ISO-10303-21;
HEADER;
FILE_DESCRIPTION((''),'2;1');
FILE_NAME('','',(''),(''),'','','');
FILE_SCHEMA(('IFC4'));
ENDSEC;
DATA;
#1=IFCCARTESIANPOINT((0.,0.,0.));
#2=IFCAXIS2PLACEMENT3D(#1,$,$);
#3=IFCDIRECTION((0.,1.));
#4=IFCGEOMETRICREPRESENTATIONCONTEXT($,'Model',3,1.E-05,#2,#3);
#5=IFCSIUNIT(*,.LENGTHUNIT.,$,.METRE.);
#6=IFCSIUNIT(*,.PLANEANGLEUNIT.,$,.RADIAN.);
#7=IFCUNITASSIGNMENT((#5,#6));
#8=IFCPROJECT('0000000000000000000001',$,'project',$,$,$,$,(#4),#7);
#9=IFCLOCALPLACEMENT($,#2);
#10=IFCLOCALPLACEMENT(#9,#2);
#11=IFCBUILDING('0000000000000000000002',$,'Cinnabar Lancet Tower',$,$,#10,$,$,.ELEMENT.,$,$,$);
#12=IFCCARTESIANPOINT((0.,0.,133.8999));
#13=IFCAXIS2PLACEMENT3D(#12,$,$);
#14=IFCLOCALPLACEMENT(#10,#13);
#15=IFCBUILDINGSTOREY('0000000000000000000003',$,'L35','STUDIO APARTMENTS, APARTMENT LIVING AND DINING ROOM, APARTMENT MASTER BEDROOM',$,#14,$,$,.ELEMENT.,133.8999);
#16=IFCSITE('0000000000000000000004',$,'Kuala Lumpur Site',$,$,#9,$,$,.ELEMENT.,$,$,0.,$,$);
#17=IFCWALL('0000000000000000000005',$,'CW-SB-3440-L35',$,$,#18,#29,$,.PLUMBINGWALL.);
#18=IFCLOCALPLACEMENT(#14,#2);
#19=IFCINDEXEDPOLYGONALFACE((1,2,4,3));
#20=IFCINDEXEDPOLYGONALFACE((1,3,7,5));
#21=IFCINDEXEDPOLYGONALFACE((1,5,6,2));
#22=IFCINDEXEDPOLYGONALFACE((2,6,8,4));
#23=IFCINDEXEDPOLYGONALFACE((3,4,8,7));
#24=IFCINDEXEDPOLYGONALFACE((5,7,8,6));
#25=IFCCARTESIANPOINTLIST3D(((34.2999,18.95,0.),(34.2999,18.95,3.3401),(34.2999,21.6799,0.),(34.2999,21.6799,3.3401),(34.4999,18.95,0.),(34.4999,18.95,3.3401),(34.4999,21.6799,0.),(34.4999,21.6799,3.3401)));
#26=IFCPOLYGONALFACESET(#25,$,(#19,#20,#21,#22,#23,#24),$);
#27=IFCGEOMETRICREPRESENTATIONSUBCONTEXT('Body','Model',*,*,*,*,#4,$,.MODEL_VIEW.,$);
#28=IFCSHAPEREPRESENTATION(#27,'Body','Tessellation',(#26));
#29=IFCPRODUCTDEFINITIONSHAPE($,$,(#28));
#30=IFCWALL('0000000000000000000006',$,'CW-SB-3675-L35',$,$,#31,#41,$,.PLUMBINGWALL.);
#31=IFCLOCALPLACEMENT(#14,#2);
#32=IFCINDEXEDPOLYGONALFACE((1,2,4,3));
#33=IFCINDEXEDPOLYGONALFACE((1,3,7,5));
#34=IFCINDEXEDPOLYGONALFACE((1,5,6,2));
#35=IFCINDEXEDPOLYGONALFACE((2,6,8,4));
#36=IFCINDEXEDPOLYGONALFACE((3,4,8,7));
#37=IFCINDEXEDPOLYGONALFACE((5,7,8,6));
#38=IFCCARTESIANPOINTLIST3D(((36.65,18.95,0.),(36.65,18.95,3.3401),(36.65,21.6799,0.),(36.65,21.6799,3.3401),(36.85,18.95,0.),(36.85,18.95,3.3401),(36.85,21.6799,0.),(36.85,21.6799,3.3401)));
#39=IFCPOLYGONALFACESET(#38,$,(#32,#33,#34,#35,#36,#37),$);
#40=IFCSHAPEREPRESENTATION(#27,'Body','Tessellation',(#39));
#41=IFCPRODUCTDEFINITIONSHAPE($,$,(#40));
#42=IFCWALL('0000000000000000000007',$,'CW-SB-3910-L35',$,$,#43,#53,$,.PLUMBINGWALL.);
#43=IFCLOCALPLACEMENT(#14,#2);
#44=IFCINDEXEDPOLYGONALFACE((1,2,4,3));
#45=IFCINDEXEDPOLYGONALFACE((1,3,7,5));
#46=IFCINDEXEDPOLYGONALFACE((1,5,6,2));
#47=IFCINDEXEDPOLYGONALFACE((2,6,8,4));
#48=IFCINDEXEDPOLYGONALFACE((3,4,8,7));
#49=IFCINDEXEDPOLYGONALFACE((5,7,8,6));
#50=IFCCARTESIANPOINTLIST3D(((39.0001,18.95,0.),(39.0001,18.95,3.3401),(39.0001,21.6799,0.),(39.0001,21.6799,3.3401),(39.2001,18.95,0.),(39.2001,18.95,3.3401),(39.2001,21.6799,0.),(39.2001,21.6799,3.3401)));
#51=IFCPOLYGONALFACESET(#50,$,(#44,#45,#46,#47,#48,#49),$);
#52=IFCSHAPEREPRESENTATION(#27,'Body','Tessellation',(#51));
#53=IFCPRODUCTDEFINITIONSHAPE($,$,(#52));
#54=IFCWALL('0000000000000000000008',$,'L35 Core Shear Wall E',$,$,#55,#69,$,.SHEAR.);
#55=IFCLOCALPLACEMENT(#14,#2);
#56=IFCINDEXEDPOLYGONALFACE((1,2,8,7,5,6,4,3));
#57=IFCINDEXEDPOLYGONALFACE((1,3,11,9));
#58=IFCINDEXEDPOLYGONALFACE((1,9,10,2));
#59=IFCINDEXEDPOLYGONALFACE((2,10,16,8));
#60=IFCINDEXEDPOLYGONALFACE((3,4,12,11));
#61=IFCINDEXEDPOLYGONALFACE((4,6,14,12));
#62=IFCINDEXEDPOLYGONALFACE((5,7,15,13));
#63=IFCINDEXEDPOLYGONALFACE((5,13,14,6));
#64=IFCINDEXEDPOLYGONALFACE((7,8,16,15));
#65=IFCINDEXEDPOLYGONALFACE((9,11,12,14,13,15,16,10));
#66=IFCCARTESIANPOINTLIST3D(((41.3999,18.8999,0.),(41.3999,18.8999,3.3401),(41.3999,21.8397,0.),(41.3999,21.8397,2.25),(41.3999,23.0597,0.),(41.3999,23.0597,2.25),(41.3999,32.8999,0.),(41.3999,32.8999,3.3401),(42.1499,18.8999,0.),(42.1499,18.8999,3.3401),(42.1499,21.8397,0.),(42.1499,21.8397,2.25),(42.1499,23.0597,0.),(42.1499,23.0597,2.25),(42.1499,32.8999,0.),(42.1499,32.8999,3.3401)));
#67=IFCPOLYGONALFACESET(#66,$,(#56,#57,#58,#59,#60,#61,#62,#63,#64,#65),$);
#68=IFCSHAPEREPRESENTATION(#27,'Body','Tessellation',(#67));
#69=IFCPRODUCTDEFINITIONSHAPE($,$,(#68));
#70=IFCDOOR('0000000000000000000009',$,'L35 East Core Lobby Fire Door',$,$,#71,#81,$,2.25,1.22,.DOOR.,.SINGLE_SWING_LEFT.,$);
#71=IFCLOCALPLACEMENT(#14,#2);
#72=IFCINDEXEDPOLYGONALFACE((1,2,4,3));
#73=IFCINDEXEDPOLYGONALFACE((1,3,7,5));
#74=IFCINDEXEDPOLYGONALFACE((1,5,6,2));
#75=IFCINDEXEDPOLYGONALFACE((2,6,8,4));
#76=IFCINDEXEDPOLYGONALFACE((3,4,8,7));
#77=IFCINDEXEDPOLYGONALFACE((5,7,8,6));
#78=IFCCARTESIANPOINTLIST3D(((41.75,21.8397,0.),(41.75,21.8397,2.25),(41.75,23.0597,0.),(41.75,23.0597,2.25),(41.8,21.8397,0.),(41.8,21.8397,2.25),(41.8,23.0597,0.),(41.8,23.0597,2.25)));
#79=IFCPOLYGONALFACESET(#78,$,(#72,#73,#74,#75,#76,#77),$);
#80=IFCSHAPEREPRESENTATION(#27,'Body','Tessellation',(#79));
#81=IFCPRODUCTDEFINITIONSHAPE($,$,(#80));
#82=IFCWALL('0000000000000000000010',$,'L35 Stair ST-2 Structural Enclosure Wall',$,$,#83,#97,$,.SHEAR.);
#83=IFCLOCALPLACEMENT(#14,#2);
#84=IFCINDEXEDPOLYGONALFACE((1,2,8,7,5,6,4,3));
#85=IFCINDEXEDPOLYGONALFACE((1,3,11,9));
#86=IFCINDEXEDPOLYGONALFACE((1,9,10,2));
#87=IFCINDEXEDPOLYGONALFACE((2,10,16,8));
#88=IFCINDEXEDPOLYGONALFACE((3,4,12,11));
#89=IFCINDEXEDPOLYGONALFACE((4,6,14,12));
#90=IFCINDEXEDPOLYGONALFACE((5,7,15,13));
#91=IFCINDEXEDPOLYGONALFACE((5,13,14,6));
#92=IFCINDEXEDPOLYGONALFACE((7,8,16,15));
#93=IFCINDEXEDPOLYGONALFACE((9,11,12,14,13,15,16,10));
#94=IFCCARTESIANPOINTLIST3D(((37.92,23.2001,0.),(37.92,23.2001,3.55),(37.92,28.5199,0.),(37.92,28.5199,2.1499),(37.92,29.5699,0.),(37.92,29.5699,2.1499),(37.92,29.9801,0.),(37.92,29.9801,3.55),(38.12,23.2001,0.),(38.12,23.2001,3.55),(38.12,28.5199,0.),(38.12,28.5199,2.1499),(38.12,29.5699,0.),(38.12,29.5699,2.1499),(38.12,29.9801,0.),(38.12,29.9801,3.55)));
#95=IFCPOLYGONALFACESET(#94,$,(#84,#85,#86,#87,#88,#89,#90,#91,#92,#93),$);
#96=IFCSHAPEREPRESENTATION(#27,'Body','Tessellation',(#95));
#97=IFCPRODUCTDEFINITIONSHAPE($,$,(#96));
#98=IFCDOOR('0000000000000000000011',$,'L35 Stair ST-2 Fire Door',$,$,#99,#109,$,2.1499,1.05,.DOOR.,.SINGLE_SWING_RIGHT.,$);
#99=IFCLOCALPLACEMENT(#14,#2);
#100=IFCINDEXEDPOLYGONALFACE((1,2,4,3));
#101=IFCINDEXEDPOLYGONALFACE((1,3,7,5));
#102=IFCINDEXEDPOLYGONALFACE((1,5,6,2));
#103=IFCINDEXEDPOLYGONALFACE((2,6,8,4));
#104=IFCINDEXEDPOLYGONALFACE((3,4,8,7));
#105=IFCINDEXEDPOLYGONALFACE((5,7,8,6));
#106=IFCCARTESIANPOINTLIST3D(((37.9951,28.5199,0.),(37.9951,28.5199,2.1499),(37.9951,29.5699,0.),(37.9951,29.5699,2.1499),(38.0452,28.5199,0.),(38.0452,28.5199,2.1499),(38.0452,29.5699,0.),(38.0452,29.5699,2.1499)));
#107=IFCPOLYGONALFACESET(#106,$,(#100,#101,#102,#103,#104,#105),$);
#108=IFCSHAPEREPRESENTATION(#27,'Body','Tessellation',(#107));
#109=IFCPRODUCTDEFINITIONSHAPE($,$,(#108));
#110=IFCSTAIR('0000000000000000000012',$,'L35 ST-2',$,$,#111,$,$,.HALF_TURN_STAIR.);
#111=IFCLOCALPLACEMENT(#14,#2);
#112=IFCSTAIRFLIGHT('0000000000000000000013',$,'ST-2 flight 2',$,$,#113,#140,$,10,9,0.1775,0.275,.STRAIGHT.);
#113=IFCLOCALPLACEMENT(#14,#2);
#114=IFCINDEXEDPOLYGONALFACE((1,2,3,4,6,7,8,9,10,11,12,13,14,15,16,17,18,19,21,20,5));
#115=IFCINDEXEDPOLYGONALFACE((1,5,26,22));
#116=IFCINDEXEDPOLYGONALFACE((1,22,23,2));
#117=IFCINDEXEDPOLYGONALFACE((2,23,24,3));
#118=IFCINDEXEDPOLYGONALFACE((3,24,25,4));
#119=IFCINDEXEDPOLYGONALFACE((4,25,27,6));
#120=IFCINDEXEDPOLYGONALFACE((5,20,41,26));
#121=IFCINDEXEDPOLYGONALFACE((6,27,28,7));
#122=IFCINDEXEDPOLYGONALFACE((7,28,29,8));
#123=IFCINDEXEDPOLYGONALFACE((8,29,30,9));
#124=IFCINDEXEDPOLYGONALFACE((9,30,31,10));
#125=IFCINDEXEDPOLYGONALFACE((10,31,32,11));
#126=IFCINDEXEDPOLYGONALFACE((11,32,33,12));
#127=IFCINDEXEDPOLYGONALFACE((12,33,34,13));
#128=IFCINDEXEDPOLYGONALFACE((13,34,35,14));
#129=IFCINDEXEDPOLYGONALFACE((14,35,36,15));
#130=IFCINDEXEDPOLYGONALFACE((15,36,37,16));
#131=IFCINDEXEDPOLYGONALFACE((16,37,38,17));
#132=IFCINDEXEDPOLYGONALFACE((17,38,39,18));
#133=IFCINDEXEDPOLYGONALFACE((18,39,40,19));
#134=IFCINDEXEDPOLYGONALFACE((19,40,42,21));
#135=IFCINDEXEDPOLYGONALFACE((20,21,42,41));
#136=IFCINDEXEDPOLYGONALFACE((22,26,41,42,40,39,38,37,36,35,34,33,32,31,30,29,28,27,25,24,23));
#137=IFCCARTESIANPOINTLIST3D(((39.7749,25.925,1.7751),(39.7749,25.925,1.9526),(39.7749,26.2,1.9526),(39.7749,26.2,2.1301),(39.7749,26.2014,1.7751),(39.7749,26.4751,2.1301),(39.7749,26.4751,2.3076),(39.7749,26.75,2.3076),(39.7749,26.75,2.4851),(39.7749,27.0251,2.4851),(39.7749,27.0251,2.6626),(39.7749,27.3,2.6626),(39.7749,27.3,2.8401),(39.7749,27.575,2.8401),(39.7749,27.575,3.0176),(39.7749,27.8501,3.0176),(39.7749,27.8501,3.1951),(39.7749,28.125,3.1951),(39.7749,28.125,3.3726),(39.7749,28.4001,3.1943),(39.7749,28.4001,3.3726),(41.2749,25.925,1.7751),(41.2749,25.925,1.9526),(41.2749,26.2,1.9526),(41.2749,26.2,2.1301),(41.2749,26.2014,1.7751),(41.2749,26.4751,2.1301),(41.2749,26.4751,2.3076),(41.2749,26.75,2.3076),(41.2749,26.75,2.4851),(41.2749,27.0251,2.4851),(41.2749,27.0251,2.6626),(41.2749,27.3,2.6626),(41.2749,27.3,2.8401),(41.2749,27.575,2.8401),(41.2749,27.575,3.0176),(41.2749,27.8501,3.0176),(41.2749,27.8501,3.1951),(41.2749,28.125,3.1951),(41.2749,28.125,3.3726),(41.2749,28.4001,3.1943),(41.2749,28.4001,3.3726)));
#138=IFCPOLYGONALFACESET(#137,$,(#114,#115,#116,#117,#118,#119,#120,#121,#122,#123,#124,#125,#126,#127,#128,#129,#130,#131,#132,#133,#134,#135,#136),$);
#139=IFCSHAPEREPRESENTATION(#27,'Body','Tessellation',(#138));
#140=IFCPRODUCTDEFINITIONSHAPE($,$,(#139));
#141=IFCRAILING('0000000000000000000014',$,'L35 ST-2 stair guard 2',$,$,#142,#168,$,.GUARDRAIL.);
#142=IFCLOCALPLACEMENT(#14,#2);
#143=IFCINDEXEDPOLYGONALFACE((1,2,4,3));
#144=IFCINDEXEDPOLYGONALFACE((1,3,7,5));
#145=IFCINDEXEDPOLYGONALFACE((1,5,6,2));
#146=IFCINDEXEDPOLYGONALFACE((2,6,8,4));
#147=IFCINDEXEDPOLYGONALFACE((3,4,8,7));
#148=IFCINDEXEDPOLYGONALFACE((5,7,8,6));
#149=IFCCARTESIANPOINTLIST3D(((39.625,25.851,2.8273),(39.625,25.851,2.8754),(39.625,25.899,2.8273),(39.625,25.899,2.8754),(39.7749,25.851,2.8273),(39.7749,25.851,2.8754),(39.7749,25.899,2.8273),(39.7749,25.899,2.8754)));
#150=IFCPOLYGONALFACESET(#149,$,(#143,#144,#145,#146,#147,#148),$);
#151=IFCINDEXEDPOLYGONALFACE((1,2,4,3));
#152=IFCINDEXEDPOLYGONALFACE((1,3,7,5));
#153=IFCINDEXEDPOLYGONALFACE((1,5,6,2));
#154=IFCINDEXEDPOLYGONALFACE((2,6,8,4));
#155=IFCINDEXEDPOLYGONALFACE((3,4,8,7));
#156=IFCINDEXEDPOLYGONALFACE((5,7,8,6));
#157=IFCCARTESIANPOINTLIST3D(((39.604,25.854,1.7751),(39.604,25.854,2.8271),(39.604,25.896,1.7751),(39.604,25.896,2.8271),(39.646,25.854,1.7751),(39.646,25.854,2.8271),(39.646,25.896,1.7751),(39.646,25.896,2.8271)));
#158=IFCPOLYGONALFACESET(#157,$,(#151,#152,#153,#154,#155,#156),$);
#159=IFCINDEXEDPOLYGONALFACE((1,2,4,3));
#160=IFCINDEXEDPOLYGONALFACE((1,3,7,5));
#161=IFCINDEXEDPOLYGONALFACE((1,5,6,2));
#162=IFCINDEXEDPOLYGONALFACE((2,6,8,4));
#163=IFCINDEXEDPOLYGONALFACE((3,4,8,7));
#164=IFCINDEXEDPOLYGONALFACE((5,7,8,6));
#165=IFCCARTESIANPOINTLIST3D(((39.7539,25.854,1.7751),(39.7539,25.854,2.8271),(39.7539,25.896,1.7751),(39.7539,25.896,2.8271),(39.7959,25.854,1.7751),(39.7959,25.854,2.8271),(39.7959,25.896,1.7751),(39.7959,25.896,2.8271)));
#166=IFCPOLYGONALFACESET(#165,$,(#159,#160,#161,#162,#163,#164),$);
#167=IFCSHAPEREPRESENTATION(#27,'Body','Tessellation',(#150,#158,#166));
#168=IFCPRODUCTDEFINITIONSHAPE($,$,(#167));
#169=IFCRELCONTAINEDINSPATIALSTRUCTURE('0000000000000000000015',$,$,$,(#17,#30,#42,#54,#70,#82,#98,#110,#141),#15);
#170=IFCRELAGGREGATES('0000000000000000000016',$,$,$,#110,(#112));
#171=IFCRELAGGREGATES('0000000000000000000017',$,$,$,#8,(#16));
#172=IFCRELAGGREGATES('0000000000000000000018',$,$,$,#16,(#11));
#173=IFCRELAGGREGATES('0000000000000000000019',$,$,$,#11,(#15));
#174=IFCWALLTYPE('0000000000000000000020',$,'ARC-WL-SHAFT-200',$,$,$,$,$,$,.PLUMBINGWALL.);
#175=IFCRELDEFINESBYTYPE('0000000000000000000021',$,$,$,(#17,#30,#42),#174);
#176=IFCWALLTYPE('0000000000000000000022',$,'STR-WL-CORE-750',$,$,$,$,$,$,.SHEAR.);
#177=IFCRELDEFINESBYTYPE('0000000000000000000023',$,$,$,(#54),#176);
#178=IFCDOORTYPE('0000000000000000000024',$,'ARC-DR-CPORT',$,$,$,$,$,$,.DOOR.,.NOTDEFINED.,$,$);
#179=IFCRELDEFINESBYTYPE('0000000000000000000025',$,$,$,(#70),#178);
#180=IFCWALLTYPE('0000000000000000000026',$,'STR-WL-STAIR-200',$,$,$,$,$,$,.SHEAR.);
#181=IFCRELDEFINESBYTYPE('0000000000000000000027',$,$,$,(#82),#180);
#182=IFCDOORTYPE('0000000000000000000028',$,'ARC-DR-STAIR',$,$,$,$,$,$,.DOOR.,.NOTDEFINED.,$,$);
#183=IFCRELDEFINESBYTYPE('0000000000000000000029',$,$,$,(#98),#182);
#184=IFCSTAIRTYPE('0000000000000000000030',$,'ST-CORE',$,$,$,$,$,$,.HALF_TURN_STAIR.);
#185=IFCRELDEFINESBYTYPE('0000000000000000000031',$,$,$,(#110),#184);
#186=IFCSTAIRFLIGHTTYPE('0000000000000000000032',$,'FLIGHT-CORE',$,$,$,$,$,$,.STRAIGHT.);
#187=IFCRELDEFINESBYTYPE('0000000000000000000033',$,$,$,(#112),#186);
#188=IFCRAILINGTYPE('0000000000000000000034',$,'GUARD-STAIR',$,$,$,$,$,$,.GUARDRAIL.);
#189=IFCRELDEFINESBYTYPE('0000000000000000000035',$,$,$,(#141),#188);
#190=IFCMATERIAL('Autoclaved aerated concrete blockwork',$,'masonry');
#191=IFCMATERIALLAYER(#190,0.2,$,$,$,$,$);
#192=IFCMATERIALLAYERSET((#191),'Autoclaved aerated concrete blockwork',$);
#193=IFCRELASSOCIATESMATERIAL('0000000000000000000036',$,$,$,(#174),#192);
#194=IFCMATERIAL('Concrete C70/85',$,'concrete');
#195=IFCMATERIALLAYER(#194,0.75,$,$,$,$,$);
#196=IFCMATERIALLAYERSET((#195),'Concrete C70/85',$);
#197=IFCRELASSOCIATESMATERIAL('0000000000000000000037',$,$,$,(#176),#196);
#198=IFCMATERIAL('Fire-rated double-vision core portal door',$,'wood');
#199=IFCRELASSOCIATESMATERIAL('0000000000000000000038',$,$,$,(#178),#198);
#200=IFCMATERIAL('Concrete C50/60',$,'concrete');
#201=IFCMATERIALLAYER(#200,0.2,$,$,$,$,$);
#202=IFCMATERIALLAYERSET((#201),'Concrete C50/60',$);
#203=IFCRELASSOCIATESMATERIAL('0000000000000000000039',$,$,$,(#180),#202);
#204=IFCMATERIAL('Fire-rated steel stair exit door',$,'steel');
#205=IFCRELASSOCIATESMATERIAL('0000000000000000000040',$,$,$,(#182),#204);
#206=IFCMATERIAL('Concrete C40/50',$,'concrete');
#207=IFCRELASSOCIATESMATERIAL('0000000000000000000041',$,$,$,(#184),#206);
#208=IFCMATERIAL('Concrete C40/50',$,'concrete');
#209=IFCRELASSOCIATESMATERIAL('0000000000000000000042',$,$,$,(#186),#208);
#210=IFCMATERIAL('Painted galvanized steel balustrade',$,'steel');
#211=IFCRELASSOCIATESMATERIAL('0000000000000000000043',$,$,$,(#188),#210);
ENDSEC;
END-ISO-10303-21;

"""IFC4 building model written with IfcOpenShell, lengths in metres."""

from ifc_helpers import new_model, si_unit, direction, frame, frame_2d, origin, origin_2d, place, context, subcontext, project, spatial, polyline, rectangle, outline, extrude, material, layer, layer_set, type_object, element, fill, aggregate, save


model = new_model("IFC4")

# Units and contexts
model_context = context("Model", 3, precision=1e-05, world=origin(), true_north=direction((0.0, 1.0)))
body_context = subcontext(model_context, "Body", "Model", "MODEL_VIEW")
ifc_project = project(units=[si_unit("LENGTHUNIT", "METRE"), si_unit("PLANEANGLEUNIT", "RADIAN")], contexts=[model_context])

# Site, building, storey
site_placement = place(None, origin())
site = spatial("IfcSite", under=ifc_project, at=site_placement, Name="Kuala Lumpur Site", CompositionType="ELEMENT", RefElevation=0.0)
building_placement = place(site_placement, origin())
building = spatial("IfcBuilding", under=site, at=building_placement, Name="Cinnabar Lancet Tower", CompositionType="ELEMENT")
storey_placement = place(building_placement, frame((0.0, 0.0, 133.8999)))
storey = spatial("IfcBuildingStorey", under=building, at=storey_placement, Name="L35", Description="STUDIO APARTMENTS, APARTMENT LIVING AND DINING ROOM, APARTMENT MASTER BEDROOM", CompositionType="ELEMENT", Elevation=133.8999)

# Shared definitions
ifc_material_1 = material(Name="Autoclaved aerated concrete blockwork", Category="masonry")
ifc_layer_1 = layer(ifc_material_1, 0.2)
ifc_layer_set_1 = layer_set([ifc_layer_1], Name="Autoclaved aerated concrete blockwork")
wall_type_1 = type_object("IfcWallType", Name="ARC-WL-SHAFT-200", PredefinedType="PLUMBINGWALL", material=ifc_layer_set_1)

# Walls
for number, where, z_axis, x_axis, name in (
    (1, (34.3999, 18.95, 0.0), (0.0, 0.0, 1.0), (0.0, 1.0, 0.0), "CW-SB-3440-L35"),
    (2, (36.75, 18.95, 0.0), (0.0, 0.0, 1.0), (0.0, 1.0, 0.0), "CW-SB-3675-L35"),
    (3, (39.1001, 18.95, 0.0), (0.0, 0.0, 1.0), (0.0, 1.0, 0.0), "CW-SB-3910-L35"),
):
    element("IfcWall", number, at=place(storey_placement, frame(where, z_axis=z_axis, x_axis=x_axis)), inside=storey, type_object=wall_type_1, Name=name, PredefinedType="PLUMBINGWALL", context=body_context, shape_type="SweptSolid", body=[
        extrude(rectangle(XDim=2.73, YDim=0.2, at=frame_2d((1.365, 0.0))), origin(), (0.0, 0.0, 1.0), 3.3401),
    ])

# Walls, openings, doors
ifc_material_2 = material(Name="Concrete C70/85", Category="concrete")
ifc_layer_2 = layer(ifc_material_2, 0.75)
ifc_layer_set_2 = layer_set([ifc_layer_2], Name="Concrete C70/85")
wall_type_2 = type_object("IfcWallType", Name="STR-WL-CORE-750", PredefinedType="SHEAR", material=ifc_layer_set_2)
wall_1_placement = place(storey_placement, frame((41.7749, 18.8999, 0.0), z_axis=(0.0, 0.0, 1.0), x_axis=(0.0, 1.0, 0.0)))
wall_1 = element("IfcWall", 4, at=wall_1_placement, inside=storey, type_object=wall_type_2, Name="L35 Core Shear Wall E", PredefinedType="SHEAR", context=body_context, shape_type="SweptSolid", body=[
    extrude(rectangle(XDim=14.0, YDim=0.75, at=frame_2d((7.0, 0.0))), origin(), (0.0, 0.0, 1.0), 3.3401),
])
opening_1_placement = place(wall_1_placement, frame((2.9399, 0.0, 0.0)))
opening_1 = element("IfcOpeningElement", 5, at=opening_1_placement, cuts=wall_1, PredefinedType="OPENING", context=body_context, shape_type="SweptSolid", body=[
    extrude(rectangle(XDim=1.22, YDim=2.25, at=frame_2d((0.6099, 1.125))), frame((0.0, 0.385, 0.0), z_axis=(0.0, -1.0, 0.0), x_axis=(1.0, 0.0, 0.0)), (0.0, 0.0, 1.0), 0.77),
])
ifc_material_3 = material(Name="Fire-rated double-vision core portal door", Category="wood")
door_type_1 = type_object("IfcDoorType", Name="ARC-DR-CPORT", OperationType="NOTDEFINED", PredefinedType="DOOR", material=ifc_material_3)
door_1_placement = place(opening_1_placement, origin())
door_1 = element("IfcDoor", 6, at=door_1_placement, inside=storey, type_object=door_type_1, Name="L35 East Core Lobby Fire Door", OperationType="SINGLE_SWING_LEFT", OverallHeight=2.25, OverallWidth=1.22, PredefinedType="DOOR", context=body_context, shape_type="SweptSolid", body=[
    extrude(rectangle(XDim=1.22, YDim=2.25, at=frame_2d((0.6099, 1.125))), frame((0.0, 0.0249, 0.0), z_axis=(0.0, -1.0, 0.0), x_axis=(1.0, 0.0, 0.0)), (0.0, 0.0, 1.0), 0.05),
])
fill(opening_1, door_1)
ifc_material_4 = material(Name="Concrete C50/60", Category="concrete")
ifc_layer_3 = layer(ifc_material_4, 0.2)
ifc_layer_set_3 = layer_set([ifc_layer_3], Name="Concrete C50/60")
wall_type_3 = type_object("IfcWallType", Name="STR-WL-STAIR-200", PredefinedType="SHEAR", material=ifc_layer_set_3)
wall_2_placement = place(storey_placement, frame((38.02, 23.2, 0.0), z_axis=(0.0, 0.0, 1.0), x_axis=(0.0, 1.0, 0.0)))
wall_2 = element("IfcWall", 7, at=wall_2_placement, inside=storey, type_object=wall_type_3, Name="L35 Stair ST-2 Structural Enclosure Wall", PredefinedType="SHEAR", context=body_context, shape_type="SweptSolid", body=[
    extrude(rectangle(XDim=6.78, YDim=0.2, at=frame_2d((3.3901, 0.0))), origin(), (0.0, 0.0, 1.0), 3.55),
])
opening_2_placement = place(wall_2_placement, frame((5.3201, 0.0, 0.0)))
opening_2 = element("IfcOpeningElement", 8, at=opening_2_placement, cuts=wall_2, PredefinedType="OPENING", context=body_context, shape_type="SweptSolid", body=[
    extrude(rectangle(XDim=1.05, YDim=2.1499, at=frame_2d((0.5249, 1.075))), frame((0.0, 0.1099, 0.0), z_axis=(0.0, -1.0, 0.0), x_axis=(1.0, 0.0, 0.0)), (0.0, 0.0, 1.0), 0.22),
])
ifc_material_5 = material(Name="Fire-rated steel stair exit door", Category="steel")
door_type_2 = type_object("IfcDoorType", Name="ARC-DR-STAIR", OperationType="NOTDEFINED", PredefinedType="DOOR", material=ifc_material_5)
door_2_placement = place(opening_2_placement, origin())
door_2 = element("IfcDoor", 9, at=door_2_placement, inside=storey, type_object=door_type_2, Name="L35 Stair ST-2 Fire Door", OperationType="SINGLE_SWING_RIGHT", OverallHeight=2.1499, OverallWidth=1.05, PredefinedType="DOOR", context=body_context, shape_type="SweptSolid", body=[
    extrude(rectangle(XDim=1.05, YDim=2.1499, at=frame_2d((0.5249, 1.075))), frame((0.0, 0.0249, 0.0), z_axis=(0.0, -1.0, 0.0), x_axis=(1.0, 0.0, 0.0)), (0.0, 0.0, 1.0), 0.05),
])
fill(opening_2, door_2)

# Stair, stair flight
ifc_material_6 = material(Name="Concrete C40/50", Category="concrete")
stair_type = type_object("IfcStairType", Name="ST-CORE", PredefinedType="HALF_TURN_STAIR", material=ifc_material_6)
stair_placement = place(storey_placement, origin())
stair = element("IfcStair", 10, at=stair_placement, inside=storey, type_object=stair_type, Name="L35 ST-2", PredefinedType="HALF_TURN_STAIR")
ifc_material_7 = material(Name="Concrete C40/50", Category="concrete")
stair_flight_type = type_object("IfcStairFlightType", Name="FLIGHT-CORE", PredefinedType="STRAIGHT", material=ifc_material_7)
stair_flight_placement = place(storey_placement, frame((40.5249, 25.925, 1.7751), z_axis=(0.0, 0.0, 1.0), x_axis=(0.0, 1.0, 0.0)))
stair_flight = element("IfcStairFlight", 11, at=stair_flight_placement, type_object=stair_flight_type, Name="ST-2 flight 2", NumberOfRisers=10, NumberOfTreads=9, PredefinedType="STRAIGHT", RiserHeight=0.1775, TreadLength=0.275, context=body_context, shape_type="SweptSolid", body=[
    extrude(outline(polyline([(0.0, 0.0), (0.0, 0.1775), (0.2749, 0.1775), (0.2749, 0.355), (0.55, 0.355), (0.55, 0.5325), (0.825, 0.5325), (0.825, 0.71), (1.1001, 0.71), (1.1001, 0.8875), (1.375, 0.8875), (1.375, 1.0649), (1.6499, 1.0649), (1.6499, 1.2424), (1.925, 1.2424), (1.925, 1.4199), (2.2, 1.4199), (2.2, 1.5974), (2.4751, 1.5974), (2.4751, 1.7749), (2.4751, 1.4192), (0.2764, 0.0), (0.0, 0.0)])), frame((0.0, 0.75, 0.0), z_axis=(0.0, -1.0, 0.0), x_axis=(1.0, 0.0, 0.0)), (0.0, 0.0, 1.0), 1.5),
])
aggregate(stair, [stair_flight])

# Railing
ifc_material_8 = material(Name="Painted galvanized steel balustrade", Category="steel")
railing_type_1 = type_object("IfcRailingType", Name="GUARD-STAIR", PredefinedType="GUARDRAIL", material=ifc_material_8)
railing_1_placement = place(storey_placement, frame((39.625, 25.875, 1.7751)))
element("IfcRailing", 12, at=railing_1_placement, inside=storey, type_object=railing_type_1, Name="L35 ST-2 stair guard 2", PredefinedType="GUARDRAIL", context=body_context, shape_type="SweptSolid", body=[
    extrude(rectangle(XDim=0.0481, YDim=0.0481, at=origin_2d()), frame((0.0, 0.0, 1.0762), z_axis=(1.0, 0.0, 0.0), x_axis=(0.0, 1.0, 0.0)), (0.0, 0.0, 1.0), 0.1499),
    extrude(rectangle(XDim=0.042, YDim=0.042, at=origin_2d()), origin(), (0.0, 0.0, 1.0), 1.052),
    extrude(rectangle(XDim=0.042, YDim=0.042, at=origin_2d()), frame((0.1499, 0.0, 0.0)), (0.0, 0.0, 1.0), 1.052),
])

save(model, "model.ifc")
